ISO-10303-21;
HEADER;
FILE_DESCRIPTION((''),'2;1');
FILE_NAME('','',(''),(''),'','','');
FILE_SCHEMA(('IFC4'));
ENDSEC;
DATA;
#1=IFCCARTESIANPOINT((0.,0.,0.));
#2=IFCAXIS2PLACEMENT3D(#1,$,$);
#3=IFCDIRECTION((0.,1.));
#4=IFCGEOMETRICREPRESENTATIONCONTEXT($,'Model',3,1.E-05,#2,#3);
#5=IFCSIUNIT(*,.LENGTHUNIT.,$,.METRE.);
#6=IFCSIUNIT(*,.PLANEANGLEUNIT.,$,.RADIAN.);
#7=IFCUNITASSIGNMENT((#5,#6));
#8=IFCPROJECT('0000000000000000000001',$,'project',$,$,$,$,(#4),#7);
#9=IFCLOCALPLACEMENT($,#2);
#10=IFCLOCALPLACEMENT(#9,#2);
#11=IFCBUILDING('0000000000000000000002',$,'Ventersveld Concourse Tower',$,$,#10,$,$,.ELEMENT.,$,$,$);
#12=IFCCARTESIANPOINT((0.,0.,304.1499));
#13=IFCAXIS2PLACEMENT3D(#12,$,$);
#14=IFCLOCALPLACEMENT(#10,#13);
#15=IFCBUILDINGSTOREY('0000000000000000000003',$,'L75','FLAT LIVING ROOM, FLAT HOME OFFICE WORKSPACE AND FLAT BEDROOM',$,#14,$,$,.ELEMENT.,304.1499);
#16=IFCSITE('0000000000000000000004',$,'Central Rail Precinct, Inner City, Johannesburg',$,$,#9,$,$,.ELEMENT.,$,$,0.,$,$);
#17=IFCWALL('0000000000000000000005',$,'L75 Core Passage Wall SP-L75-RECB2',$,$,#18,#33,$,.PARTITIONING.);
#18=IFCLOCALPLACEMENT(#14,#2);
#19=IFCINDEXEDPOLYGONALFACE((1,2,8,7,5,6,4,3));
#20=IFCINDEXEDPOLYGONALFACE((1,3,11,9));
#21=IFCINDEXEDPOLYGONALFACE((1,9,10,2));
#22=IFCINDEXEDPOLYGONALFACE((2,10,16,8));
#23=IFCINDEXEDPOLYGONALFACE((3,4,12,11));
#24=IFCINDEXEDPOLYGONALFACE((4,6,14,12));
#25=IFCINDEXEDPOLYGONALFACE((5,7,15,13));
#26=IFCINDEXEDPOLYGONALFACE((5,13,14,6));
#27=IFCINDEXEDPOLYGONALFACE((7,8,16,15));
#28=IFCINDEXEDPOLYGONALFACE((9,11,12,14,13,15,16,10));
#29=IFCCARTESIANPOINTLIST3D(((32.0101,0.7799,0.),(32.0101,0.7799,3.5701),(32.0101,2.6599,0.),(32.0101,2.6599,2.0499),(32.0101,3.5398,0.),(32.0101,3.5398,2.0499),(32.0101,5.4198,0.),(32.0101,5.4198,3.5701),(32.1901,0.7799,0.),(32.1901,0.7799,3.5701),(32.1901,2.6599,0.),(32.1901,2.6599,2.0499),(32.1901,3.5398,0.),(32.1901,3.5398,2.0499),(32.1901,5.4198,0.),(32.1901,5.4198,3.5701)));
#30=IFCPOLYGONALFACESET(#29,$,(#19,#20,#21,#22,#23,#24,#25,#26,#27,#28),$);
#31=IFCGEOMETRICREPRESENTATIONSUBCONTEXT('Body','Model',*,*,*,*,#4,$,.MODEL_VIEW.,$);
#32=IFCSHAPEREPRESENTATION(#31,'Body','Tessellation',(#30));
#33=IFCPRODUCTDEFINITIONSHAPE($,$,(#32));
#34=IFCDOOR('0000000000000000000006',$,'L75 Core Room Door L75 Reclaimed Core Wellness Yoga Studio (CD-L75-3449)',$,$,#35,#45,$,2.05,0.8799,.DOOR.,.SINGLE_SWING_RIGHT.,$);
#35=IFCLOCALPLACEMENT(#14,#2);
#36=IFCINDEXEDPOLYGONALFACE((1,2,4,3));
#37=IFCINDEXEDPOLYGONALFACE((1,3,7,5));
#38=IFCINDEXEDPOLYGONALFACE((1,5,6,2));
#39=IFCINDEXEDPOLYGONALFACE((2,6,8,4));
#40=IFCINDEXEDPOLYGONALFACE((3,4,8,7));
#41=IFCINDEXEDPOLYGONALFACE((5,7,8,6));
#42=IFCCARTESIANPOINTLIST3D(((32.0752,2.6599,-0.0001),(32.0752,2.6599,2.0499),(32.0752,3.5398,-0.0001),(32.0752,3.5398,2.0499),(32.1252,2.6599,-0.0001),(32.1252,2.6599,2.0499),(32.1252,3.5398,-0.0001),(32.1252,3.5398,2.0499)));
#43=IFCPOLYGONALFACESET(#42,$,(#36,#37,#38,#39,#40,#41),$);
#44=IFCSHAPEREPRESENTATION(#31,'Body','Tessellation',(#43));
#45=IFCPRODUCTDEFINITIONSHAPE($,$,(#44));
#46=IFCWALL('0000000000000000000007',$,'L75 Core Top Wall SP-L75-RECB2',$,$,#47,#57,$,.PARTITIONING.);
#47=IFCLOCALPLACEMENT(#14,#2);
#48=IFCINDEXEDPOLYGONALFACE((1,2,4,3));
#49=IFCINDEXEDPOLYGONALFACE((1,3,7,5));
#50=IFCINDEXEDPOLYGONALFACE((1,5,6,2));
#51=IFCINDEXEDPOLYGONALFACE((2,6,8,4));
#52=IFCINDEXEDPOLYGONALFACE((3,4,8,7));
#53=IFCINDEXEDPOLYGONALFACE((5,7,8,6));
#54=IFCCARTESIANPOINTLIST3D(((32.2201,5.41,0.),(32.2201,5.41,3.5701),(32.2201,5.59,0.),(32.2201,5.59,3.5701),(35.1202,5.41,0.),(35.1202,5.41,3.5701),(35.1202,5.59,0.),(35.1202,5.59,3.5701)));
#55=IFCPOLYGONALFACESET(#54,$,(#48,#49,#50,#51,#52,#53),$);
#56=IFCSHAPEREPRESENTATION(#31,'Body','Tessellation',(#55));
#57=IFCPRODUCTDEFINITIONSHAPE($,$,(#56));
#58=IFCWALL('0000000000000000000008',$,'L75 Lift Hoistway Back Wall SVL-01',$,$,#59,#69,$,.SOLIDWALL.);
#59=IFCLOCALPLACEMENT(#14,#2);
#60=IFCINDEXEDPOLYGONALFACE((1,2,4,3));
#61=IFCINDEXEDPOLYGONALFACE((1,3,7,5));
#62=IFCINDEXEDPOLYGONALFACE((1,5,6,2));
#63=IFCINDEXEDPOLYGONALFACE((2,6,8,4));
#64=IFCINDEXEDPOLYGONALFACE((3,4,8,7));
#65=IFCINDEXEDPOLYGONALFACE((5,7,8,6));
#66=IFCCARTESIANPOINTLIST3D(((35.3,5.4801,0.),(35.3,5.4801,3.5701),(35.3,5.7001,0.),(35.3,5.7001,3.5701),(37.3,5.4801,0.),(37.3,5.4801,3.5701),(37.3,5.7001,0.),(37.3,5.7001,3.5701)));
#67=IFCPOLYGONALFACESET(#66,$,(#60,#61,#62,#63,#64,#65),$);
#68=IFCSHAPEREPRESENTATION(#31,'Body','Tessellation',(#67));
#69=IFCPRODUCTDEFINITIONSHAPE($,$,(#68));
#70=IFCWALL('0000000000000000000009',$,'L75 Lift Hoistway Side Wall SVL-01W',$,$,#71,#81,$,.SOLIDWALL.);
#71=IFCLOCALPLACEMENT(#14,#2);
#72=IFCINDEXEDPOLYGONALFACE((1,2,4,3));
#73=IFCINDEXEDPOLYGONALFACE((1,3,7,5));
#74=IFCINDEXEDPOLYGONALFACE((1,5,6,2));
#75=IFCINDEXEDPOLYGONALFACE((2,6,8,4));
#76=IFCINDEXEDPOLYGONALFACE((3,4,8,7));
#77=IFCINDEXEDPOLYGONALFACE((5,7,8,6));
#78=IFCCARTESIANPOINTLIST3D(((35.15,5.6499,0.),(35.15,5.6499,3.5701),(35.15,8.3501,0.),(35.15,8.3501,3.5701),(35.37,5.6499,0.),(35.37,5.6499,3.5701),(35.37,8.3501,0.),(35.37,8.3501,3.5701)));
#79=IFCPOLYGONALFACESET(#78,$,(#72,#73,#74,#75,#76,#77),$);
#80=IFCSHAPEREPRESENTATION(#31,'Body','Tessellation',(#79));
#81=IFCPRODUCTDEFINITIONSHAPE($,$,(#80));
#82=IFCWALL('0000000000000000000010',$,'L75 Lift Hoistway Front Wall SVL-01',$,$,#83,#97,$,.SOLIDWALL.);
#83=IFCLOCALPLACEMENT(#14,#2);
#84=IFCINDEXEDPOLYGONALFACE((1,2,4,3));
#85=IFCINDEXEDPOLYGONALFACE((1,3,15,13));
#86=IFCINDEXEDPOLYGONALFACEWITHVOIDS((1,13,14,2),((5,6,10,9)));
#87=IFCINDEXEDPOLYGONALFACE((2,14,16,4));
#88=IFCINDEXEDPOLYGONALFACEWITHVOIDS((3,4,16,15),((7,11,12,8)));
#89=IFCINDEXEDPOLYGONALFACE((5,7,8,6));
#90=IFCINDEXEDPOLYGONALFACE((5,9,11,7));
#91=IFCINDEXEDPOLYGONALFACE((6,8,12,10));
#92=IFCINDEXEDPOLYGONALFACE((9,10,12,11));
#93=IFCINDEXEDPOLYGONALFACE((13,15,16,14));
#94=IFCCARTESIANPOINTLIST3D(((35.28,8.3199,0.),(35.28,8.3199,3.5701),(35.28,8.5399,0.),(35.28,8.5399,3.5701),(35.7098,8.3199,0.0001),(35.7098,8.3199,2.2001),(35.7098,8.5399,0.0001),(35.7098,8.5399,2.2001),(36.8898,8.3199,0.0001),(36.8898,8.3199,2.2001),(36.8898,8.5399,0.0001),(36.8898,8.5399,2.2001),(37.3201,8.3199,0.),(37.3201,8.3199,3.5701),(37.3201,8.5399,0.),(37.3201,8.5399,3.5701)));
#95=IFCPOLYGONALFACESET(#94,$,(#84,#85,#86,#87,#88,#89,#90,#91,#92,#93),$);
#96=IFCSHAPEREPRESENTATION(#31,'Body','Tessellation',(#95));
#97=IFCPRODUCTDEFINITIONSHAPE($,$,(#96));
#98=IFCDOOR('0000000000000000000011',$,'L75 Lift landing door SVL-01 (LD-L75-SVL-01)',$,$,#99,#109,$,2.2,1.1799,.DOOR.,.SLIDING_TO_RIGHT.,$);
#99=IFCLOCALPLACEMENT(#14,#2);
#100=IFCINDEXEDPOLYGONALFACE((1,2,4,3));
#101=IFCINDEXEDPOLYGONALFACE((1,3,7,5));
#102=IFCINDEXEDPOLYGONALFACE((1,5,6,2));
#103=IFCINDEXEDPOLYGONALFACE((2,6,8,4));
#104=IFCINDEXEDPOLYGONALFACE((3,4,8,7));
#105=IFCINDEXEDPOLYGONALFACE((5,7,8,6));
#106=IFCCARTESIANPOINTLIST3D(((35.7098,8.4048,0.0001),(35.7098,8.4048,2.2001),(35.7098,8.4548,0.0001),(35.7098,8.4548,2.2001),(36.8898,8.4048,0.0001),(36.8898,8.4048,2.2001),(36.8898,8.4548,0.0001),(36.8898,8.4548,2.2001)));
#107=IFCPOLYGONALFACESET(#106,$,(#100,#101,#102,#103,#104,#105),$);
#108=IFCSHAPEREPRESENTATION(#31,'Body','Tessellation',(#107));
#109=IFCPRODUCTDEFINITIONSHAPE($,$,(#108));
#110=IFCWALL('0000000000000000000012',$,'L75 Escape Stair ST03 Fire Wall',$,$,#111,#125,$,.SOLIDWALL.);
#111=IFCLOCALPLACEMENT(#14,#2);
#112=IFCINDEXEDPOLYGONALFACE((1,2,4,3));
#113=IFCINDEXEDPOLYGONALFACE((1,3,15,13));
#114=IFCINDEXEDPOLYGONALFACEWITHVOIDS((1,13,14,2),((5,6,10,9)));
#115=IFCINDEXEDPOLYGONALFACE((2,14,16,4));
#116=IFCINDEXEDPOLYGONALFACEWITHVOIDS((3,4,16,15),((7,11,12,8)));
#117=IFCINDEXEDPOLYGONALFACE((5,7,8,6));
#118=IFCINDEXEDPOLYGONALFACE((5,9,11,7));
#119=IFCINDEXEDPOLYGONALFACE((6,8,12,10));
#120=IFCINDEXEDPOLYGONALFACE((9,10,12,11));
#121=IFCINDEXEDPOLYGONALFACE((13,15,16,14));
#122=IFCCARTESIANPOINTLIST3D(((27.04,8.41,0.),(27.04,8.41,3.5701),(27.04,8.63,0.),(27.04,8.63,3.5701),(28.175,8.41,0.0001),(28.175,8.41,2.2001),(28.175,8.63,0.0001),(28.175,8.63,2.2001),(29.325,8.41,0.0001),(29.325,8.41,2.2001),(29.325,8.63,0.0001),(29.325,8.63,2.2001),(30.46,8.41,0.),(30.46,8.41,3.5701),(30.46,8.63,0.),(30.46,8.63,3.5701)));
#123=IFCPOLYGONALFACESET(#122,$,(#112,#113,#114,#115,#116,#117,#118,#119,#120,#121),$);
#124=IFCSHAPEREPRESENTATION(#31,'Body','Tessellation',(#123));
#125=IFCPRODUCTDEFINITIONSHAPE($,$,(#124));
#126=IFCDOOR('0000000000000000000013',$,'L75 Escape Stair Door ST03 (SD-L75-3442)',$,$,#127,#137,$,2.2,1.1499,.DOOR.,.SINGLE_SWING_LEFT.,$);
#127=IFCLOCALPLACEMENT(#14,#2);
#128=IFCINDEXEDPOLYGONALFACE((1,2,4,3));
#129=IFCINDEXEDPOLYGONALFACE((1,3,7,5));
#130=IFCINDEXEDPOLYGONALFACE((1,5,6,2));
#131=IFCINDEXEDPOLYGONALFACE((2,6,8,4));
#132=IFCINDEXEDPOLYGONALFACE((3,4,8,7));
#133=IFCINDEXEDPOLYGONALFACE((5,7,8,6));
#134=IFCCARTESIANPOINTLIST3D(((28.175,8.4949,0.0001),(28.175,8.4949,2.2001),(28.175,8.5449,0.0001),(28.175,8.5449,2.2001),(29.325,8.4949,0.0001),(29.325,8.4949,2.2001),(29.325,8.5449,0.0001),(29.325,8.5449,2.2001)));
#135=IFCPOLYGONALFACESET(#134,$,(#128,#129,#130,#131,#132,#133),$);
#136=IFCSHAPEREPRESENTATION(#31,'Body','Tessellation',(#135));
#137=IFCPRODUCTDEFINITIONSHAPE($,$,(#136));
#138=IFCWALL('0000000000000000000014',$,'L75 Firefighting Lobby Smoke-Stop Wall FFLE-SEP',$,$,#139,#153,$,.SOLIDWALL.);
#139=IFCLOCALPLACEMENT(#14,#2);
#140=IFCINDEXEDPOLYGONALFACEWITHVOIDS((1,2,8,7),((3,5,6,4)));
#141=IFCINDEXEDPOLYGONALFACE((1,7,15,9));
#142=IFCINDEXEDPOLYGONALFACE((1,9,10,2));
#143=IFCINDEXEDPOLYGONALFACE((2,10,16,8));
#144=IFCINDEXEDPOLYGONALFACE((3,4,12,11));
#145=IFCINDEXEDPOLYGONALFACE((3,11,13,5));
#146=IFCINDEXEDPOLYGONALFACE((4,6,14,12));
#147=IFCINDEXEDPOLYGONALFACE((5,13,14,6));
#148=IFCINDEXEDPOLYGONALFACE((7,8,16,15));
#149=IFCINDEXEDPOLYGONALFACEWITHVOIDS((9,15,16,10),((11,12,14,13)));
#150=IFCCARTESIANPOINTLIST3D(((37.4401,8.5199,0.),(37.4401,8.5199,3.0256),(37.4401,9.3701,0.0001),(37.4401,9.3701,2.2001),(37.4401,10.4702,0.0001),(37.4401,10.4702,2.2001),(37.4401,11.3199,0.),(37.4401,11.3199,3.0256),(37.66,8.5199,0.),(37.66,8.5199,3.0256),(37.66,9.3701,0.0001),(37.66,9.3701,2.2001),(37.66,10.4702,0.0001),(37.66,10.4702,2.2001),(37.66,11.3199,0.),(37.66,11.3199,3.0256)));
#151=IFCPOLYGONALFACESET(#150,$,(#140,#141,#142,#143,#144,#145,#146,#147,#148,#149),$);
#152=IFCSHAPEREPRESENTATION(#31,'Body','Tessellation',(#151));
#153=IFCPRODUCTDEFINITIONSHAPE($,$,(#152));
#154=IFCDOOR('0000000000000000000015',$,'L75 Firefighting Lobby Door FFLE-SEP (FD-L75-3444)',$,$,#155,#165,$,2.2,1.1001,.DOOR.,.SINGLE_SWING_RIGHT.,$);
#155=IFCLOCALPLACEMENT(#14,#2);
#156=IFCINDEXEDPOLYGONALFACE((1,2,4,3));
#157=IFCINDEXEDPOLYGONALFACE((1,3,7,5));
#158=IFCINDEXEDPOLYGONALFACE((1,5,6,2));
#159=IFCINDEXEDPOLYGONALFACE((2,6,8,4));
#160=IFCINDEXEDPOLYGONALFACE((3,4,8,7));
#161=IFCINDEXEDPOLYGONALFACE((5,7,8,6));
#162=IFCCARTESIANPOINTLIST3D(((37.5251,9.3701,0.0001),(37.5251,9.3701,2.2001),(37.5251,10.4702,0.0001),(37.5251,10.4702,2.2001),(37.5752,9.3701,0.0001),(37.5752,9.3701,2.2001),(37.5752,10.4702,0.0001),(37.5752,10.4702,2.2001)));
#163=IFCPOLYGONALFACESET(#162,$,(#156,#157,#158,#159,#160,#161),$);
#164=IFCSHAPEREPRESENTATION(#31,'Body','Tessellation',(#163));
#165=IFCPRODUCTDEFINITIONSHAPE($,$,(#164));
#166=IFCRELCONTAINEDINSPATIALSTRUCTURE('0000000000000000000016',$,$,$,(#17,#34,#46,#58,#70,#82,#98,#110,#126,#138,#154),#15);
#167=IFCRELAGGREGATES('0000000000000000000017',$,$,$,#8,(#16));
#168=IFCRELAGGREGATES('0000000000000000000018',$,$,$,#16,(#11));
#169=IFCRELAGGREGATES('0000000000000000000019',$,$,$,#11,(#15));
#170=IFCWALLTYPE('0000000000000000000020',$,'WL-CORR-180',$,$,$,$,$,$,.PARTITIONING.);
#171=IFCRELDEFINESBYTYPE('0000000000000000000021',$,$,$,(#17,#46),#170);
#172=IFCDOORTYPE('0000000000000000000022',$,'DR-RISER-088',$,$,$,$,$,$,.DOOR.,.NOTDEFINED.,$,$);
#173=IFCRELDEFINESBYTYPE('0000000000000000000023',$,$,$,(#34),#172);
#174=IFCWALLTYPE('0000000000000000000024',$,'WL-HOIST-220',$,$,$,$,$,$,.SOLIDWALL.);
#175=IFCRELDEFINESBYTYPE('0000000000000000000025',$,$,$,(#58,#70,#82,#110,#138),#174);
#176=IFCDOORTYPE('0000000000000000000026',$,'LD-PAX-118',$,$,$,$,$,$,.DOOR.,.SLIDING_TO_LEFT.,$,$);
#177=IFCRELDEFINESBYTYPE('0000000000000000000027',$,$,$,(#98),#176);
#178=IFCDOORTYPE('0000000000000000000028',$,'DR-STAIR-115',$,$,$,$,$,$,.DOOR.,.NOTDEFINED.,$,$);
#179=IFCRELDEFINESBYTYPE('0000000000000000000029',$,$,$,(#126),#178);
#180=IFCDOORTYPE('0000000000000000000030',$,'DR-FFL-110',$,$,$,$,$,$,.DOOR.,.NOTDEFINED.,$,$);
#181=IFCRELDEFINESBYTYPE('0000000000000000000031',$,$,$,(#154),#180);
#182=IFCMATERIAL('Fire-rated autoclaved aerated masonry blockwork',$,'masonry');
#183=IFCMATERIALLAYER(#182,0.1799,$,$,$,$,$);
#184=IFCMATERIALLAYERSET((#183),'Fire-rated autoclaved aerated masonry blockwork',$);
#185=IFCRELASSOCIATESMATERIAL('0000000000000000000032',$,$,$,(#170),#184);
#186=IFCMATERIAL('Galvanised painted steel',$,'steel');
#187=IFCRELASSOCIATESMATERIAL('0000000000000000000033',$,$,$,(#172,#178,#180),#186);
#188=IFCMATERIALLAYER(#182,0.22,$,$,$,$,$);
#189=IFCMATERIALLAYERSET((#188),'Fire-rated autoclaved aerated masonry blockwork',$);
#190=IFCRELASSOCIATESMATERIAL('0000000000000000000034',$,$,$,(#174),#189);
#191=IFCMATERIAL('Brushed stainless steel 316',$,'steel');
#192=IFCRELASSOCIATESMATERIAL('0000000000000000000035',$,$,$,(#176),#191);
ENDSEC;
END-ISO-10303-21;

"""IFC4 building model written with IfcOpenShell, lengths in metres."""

from ifc_helpers import new_model, si_unit, direction, frame, frame_2d, origin, place, context, subcontext, project, spatial, rectangle, extrude, material, layer, layer_set, type_object, element, fill, save


model = new_model("IFC4")

# Units and contexts
model_context = context("Model", 3, precision=1e-05, world=origin(), true_north=direction((0.0, 1.0)))
body_context = subcontext(model_context, "Body", "Model", "MODEL_VIEW")
ifc_project = project(units=[si_unit("LENGTHUNIT", "METRE"), si_unit("PLANEANGLEUNIT", "RADIAN")], contexts=[model_context])

# Site, building, storey
site_placement = place(None, origin())
site = spatial("IfcSite", under=ifc_project, at=site_placement, Name="Central Rail Precinct, Inner City, Johannesburg", CompositionType="ELEMENT", RefElevation=0.0)
building_placement = place(site_placement, origin())
building = spatial("IfcBuilding", under=site, at=building_placement, Name="Ventersveld Concourse Tower", CompositionType="ELEMENT")
storey_placement = place(building_placement, frame((0.0, 0.0, 304.1499)))
storey = spatial("IfcBuildingStorey", under=building, at=storey_placement, Name="L75", Description="FLAT LIVING ROOM, FLAT HOME OFFICE WORKSPACE AND FLAT BEDROOM", CompositionType="ELEMENT", Elevation=304.1499)

# Wall, opening, door
ifc_material_1 = material(Name="Fire-rated autoclaved aerated masonry blockwork", Category="masonry")
ifc_layer_1 = layer(ifc_material_1, 0.1799)
ifc_layer_set_1 = layer_set([ifc_layer_1], Name="Fire-rated autoclaved aerated masonry blockwork")
wall_type_1 = type_object("IfcWallType", Name="WL-CORR-180", PredefinedType="PARTITIONING", material=ifc_layer_set_1)
wall_1_placement = place(storey_placement, frame((32.1001, 0.78, 0.0), z_axis=(0.0, 0.0, 1.0), x_axis=(0.0, 1.0, 0.0)))
wall_1 = element("IfcWall", 1, at=wall_1_placement, inside=storey, type_object=wall_type_1, Name="L75 Core Passage Wall SP-L75-RECB2", PredefinedType="PARTITIONING", context=body_context, shape_type="SweptSolid", body=[
    extrude(rectangle(XDim=4.6399, YDim=0.1799, at=frame_2d((2.3198, 0.0))), origin(), (0.0, 0.0, 1.0), 3.5701),
])
opening_1_placement = place(wall_1_placement, frame((1.8799, 0.0, 0.0)))
opening_1 = element("IfcOpeningElement", 2, at=opening_1_placement, cuts=wall_1, PredefinedType="OPENING", context=body_context, shape_type="SweptSolid", body=[
    extrude(rectangle(XDim=0.8799, YDim=2.05, at=frame_2d((0.4399, 1.0249))), frame((0.0, 0.1001, 0.0), z_axis=(0.0, -1.0, 0.0), x_axis=(1.0, 0.0, 0.0)), (0.0, 0.0, 1.0), 0.2),
])
ifc_material_2 = material(Name="Galvanised painted steel", Category="steel")
door_type_1 = type_object("IfcDoorType", Name="DR-RISER-088", OperationType="NOTDEFINED", PredefinedType="DOOR", material=ifc_material_2)
door_1_placement = place(opening_1_placement, origin())
door_1 = element("IfcDoor", 3, at=door_1_placement, inside=storey, type_object=door_type_1, Name="L75 Core Room Door L75 Reclaimed Core Wellness Yoga Studio (CD-L75-3449)", OperationType="SINGLE_SWING_RIGHT", OverallHeight=2.05, OverallWidth=0.8799, PredefinedType="DOOR", context=body_context, shape_type="SweptSolid", body=[
    extrude(rectangle(XDim=0.8799, YDim=2.05, at=frame_2d((0.4399, 1.0249))), frame((0.0, 0.0249, 0.0), z_axis=(0.0, -1.0, 0.0), x_axis=(1.0, 0.0, 0.0)), (0.0, 0.0, 1.0), 0.05),
])
fill(opening_1, door_1)

# Walls
wall_2_placement = place(storey_placement, frame((32.22, 5.5, 0.0), z_axis=(0.0, 0.0, 1.0), x_axis=(1.0, 0.0, 0.0)))
element("IfcWall", 4, at=wall_2_placement, inside=storey, type_object=wall_type_1, Name="L75 Core Top Wall SP-L75-RECB2", PredefinedType="PARTITIONING", context=body_context, shape_type="SweptSolid", body=[
    extrude(rectangle(XDim=2.9001, YDim=0.1799, at=frame_2d((1.4502, 0.0))), origin(), (0.0, 0.0, 1.0), 3.5701),
])
ifc_layer_2 = layer(ifc_material_1, 0.22)
ifc_layer_set_2 = layer_set([ifc_layer_2], Name="Fire-rated autoclaved aerated masonry blockwork")
wall_type_2 = type_object("IfcWallType", Name="WL-HOIST-220", PredefinedType="SOLIDWALL", material=ifc_layer_set_2)
wall_3_placement = place(storey_placement, frame((35.3, 5.5901, 0.0), z_axis=(0.0, 0.0, 1.0), x_axis=(1.0, 0.0, 0.0)))
element("IfcWall", 5, at=wall_3_placement, inside=storey, type_object=wall_type_2, Name="L75 Lift Hoistway Back Wall SVL-01", PredefinedType="SOLIDWALL", context=body_context, shape_type="SweptSolid", body=[
    extrude(rectangle(XDim=2.0, YDim=0.22, at=frame_2d((1.0, 0.0))), origin(), (0.0, 0.0, 1.0), 3.5701),
])
wall_4_placement = place(storey_placement, frame((35.26, 5.6499, 0.0), z_axis=(0.0, 0.0, 1.0), x_axis=(0.0, 1.0, 0.0)))
element("IfcWall", 6, at=wall_4_placement, inside=storey, type_object=wall_type_2, Name="L75 Lift Hoistway Side Wall SVL-01W", PredefinedType="SOLIDWALL", context=body_context, shape_type="SweptSolid", body=[
    extrude(rectangle(XDim=2.7002, YDim=0.22, at=frame_2d((1.3501, 0.0))), origin(), (0.0, 0.0, 1.0), 3.5701),
])

# Walls, openings, doors
wall_5_placement = place(storey_placement, frame((35.28, 8.4299, 0.0), z_axis=(0.0, 0.0, 1.0), x_axis=(1.0, 0.0, 0.0)))
wall_5 = element("IfcWall", 7, at=wall_5_placement, inside=storey, type_object=wall_type_2, Name="L75 Lift Hoistway Front Wall SVL-01", PredefinedType="SOLIDWALL", context=body_context, shape_type="SweptSolid", body=[
    extrude(rectangle(XDim=2.04, YDim=0.22, at=frame_2d((1.02, 0.0))), origin(), (0.0, 0.0, 1.0), 3.5701),
])
opening_2_placement = place(wall_5_placement, frame((0.4299, 0.0, 0.0)))
opening_2 = element("IfcOpeningElement", 8, at=opening_2_placement, cuts=wall_5, PredefinedType="OPENING", context=body_context, shape_type="SweptSolid", body=[
    extrude(rectangle(XDim=1.1799, YDim=2.2, at=frame_2d((0.5898, 1.1001))), frame((0.0, 0.1201, 0.0), z_axis=(0.0, -1.0, 0.0), x_axis=(1.0, 0.0, 0.0)), (0.0, 0.0, 1.0), 0.24),
])
ifc_material_3 = material(Name="Brushed stainless steel 316", Category="steel")
door_type_2 = type_object("IfcDoorType", Name="LD-PAX-118", OperationType="SLIDING_TO_LEFT", PredefinedType="DOOR", material=ifc_material_3)
door_2_placement = place(opening_2_placement, origin())
door_2 = element("IfcDoor", 9, at=door_2_placement, inside=storey, type_object=door_type_2, Name="L75 Lift landing door SVL-01 (LD-L75-SVL-01)", OperationType="SLIDING_TO_RIGHT", OverallHeight=2.2, OverallWidth=1.1799, PredefinedType="DOOR", context=body_context, shape_type="SweptSolid", body=[
    extrude(rectangle(XDim=1.1799, YDim=2.2, at=frame_2d((0.5898, 1.1001))), frame((0.0, 0.0249, 0.0), z_axis=(0.0, -1.0, 0.0), x_axis=(1.0, 0.0, 0.0)), (0.0, 0.0, 1.0), 0.05),
])
fill(opening_2, door_2)
wall_6_placement = place(storey_placement, frame((27.04, 8.52, 0.0), z_axis=(0.0, 0.0, 1.0), x_axis=(1.0, 0.0, 0.0)))
wall_6 = element("IfcWall", 10, at=wall_6_placement, inside=storey, type_object=wall_type_2, Name="L75 Escape Stair ST03 Fire Wall", PredefinedType="SOLIDWALL", context=body_context, shape_type="SweptSolid", body=[
    extrude(rectangle(XDim=3.4199, YDim=0.22, at=frame_2d((1.71, 0.0))), origin(), (0.0, 0.0, 1.0), 3.5701),
])
opening_3_placement = place(wall_6_placement, frame((1.135, 0.0, 0.0)))
opening_3 = element("IfcOpeningElement", 11, at=opening_3_placement, cuts=wall_6, PredefinedType="OPENING", context=body_context, shape_type="SweptSolid", body=[
    extrude(rectangle(XDim=1.1499, YDim=2.2, at=frame_2d((0.575, 1.1001))), frame((0.0, 0.1201, 0.0), z_axis=(0.0, -1.0, 0.0), x_axis=(1.0, 0.0, 0.0)), (0.0, 0.0, 1.0), 0.24),
])
door_type_3 = type_object("IfcDoorType", Name="DR-STAIR-115", OperationType="NOTDEFINED", PredefinedType="DOOR", material=ifc_material_2)
door_3_placement = place(opening_3_placement, origin())
door_3 = element("IfcDoor", 12, at=door_3_placement, inside=storey, type_object=door_type_3, Name="L75 Escape Stair Door ST03 (SD-L75-3442)", OperationType="SINGLE_SWING_LEFT", OverallHeight=2.2, OverallWidth=1.1499, PredefinedType="DOOR", context=body_context, shape_type="SweptSolid", body=[
    extrude(rectangle(XDim=1.1499, YDim=2.2, at=frame_2d((0.575, 1.1001))), frame((0.0, 0.0249, 0.0), z_axis=(0.0, -1.0, 0.0), x_axis=(1.0, 0.0, 0.0)), (0.0, 0.0, 1.0), 0.05),
])
fill(opening_3, door_3)
wall_7_placement = place(storey_placement, frame((37.55, 8.52, 0.0), z_axis=(0.0, 0.0, 1.0), x_axis=(0.0, 1.0, 0.0)))
wall_7 = element("IfcWall", 13, at=wall_7_placement, inside=storey, type_object=wall_type_2, Name="L75 Firefighting Lobby Smoke-Stop Wall FFLE-SEP", PredefinedType="SOLIDWALL", context=body_context, shape_type="SweptSolid", body=[
    extrude(rectangle(XDim=2.8, YDim=0.22, at=frame_2d((1.3999, 0.0))), origin(), (0.0, 0.0, 1.0), 3.0256),
])
opening_4_placement = place(wall_7_placement, frame((0.8501, 0.0, 0.0)))
opening_4 = element("IfcOpeningElement", 14, at=opening_4_placement, cuts=wall_7, PredefinedType="OPENING", context=body_context, shape_type="SweptSolid", body=[
    extrude(rectangle(XDim=1.1001, YDim=2.2, at=frame_2d((0.55, 1.1001))), frame((0.0, 0.1201, 0.0), z_axis=(0.0, -1.0, 0.0), x_axis=(1.0, 0.0, 0.0)), (0.0, 0.0, 1.0), 0.24),
])
door_type_4 = type_object("IfcDoorType", Name="DR-FFL-110", OperationType="NOTDEFINED", PredefinedType="DOOR", material=ifc_material_2)
door_4_placement = place(opening_4_placement, origin())
door_4 = element("IfcDoor", 15, at=door_4_placement, inside=storey, type_object=door_type_4, Name="L75 Firefighting Lobby Door FFLE-SEP (FD-L75-3444)", OperationType="SINGLE_SWING_RIGHT", OverallHeight=2.2, OverallWidth=1.1001, PredefinedType="DOOR", context=body_context, shape_type="SweptSolid", body=[
    extrude(rectangle(XDim=1.1001, YDim=2.2, at=frame_2d((0.55, 1.1001))), frame((0.0, 0.0249, 0.0), z_axis=(0.0, -1.0, 0.0), x_axis=(1.0, 0.0, 0.0)), (0.0, 0.0, 1.0), 0.05),
])
fill(opening_4, door_4)

save(model, "model.ifc")
